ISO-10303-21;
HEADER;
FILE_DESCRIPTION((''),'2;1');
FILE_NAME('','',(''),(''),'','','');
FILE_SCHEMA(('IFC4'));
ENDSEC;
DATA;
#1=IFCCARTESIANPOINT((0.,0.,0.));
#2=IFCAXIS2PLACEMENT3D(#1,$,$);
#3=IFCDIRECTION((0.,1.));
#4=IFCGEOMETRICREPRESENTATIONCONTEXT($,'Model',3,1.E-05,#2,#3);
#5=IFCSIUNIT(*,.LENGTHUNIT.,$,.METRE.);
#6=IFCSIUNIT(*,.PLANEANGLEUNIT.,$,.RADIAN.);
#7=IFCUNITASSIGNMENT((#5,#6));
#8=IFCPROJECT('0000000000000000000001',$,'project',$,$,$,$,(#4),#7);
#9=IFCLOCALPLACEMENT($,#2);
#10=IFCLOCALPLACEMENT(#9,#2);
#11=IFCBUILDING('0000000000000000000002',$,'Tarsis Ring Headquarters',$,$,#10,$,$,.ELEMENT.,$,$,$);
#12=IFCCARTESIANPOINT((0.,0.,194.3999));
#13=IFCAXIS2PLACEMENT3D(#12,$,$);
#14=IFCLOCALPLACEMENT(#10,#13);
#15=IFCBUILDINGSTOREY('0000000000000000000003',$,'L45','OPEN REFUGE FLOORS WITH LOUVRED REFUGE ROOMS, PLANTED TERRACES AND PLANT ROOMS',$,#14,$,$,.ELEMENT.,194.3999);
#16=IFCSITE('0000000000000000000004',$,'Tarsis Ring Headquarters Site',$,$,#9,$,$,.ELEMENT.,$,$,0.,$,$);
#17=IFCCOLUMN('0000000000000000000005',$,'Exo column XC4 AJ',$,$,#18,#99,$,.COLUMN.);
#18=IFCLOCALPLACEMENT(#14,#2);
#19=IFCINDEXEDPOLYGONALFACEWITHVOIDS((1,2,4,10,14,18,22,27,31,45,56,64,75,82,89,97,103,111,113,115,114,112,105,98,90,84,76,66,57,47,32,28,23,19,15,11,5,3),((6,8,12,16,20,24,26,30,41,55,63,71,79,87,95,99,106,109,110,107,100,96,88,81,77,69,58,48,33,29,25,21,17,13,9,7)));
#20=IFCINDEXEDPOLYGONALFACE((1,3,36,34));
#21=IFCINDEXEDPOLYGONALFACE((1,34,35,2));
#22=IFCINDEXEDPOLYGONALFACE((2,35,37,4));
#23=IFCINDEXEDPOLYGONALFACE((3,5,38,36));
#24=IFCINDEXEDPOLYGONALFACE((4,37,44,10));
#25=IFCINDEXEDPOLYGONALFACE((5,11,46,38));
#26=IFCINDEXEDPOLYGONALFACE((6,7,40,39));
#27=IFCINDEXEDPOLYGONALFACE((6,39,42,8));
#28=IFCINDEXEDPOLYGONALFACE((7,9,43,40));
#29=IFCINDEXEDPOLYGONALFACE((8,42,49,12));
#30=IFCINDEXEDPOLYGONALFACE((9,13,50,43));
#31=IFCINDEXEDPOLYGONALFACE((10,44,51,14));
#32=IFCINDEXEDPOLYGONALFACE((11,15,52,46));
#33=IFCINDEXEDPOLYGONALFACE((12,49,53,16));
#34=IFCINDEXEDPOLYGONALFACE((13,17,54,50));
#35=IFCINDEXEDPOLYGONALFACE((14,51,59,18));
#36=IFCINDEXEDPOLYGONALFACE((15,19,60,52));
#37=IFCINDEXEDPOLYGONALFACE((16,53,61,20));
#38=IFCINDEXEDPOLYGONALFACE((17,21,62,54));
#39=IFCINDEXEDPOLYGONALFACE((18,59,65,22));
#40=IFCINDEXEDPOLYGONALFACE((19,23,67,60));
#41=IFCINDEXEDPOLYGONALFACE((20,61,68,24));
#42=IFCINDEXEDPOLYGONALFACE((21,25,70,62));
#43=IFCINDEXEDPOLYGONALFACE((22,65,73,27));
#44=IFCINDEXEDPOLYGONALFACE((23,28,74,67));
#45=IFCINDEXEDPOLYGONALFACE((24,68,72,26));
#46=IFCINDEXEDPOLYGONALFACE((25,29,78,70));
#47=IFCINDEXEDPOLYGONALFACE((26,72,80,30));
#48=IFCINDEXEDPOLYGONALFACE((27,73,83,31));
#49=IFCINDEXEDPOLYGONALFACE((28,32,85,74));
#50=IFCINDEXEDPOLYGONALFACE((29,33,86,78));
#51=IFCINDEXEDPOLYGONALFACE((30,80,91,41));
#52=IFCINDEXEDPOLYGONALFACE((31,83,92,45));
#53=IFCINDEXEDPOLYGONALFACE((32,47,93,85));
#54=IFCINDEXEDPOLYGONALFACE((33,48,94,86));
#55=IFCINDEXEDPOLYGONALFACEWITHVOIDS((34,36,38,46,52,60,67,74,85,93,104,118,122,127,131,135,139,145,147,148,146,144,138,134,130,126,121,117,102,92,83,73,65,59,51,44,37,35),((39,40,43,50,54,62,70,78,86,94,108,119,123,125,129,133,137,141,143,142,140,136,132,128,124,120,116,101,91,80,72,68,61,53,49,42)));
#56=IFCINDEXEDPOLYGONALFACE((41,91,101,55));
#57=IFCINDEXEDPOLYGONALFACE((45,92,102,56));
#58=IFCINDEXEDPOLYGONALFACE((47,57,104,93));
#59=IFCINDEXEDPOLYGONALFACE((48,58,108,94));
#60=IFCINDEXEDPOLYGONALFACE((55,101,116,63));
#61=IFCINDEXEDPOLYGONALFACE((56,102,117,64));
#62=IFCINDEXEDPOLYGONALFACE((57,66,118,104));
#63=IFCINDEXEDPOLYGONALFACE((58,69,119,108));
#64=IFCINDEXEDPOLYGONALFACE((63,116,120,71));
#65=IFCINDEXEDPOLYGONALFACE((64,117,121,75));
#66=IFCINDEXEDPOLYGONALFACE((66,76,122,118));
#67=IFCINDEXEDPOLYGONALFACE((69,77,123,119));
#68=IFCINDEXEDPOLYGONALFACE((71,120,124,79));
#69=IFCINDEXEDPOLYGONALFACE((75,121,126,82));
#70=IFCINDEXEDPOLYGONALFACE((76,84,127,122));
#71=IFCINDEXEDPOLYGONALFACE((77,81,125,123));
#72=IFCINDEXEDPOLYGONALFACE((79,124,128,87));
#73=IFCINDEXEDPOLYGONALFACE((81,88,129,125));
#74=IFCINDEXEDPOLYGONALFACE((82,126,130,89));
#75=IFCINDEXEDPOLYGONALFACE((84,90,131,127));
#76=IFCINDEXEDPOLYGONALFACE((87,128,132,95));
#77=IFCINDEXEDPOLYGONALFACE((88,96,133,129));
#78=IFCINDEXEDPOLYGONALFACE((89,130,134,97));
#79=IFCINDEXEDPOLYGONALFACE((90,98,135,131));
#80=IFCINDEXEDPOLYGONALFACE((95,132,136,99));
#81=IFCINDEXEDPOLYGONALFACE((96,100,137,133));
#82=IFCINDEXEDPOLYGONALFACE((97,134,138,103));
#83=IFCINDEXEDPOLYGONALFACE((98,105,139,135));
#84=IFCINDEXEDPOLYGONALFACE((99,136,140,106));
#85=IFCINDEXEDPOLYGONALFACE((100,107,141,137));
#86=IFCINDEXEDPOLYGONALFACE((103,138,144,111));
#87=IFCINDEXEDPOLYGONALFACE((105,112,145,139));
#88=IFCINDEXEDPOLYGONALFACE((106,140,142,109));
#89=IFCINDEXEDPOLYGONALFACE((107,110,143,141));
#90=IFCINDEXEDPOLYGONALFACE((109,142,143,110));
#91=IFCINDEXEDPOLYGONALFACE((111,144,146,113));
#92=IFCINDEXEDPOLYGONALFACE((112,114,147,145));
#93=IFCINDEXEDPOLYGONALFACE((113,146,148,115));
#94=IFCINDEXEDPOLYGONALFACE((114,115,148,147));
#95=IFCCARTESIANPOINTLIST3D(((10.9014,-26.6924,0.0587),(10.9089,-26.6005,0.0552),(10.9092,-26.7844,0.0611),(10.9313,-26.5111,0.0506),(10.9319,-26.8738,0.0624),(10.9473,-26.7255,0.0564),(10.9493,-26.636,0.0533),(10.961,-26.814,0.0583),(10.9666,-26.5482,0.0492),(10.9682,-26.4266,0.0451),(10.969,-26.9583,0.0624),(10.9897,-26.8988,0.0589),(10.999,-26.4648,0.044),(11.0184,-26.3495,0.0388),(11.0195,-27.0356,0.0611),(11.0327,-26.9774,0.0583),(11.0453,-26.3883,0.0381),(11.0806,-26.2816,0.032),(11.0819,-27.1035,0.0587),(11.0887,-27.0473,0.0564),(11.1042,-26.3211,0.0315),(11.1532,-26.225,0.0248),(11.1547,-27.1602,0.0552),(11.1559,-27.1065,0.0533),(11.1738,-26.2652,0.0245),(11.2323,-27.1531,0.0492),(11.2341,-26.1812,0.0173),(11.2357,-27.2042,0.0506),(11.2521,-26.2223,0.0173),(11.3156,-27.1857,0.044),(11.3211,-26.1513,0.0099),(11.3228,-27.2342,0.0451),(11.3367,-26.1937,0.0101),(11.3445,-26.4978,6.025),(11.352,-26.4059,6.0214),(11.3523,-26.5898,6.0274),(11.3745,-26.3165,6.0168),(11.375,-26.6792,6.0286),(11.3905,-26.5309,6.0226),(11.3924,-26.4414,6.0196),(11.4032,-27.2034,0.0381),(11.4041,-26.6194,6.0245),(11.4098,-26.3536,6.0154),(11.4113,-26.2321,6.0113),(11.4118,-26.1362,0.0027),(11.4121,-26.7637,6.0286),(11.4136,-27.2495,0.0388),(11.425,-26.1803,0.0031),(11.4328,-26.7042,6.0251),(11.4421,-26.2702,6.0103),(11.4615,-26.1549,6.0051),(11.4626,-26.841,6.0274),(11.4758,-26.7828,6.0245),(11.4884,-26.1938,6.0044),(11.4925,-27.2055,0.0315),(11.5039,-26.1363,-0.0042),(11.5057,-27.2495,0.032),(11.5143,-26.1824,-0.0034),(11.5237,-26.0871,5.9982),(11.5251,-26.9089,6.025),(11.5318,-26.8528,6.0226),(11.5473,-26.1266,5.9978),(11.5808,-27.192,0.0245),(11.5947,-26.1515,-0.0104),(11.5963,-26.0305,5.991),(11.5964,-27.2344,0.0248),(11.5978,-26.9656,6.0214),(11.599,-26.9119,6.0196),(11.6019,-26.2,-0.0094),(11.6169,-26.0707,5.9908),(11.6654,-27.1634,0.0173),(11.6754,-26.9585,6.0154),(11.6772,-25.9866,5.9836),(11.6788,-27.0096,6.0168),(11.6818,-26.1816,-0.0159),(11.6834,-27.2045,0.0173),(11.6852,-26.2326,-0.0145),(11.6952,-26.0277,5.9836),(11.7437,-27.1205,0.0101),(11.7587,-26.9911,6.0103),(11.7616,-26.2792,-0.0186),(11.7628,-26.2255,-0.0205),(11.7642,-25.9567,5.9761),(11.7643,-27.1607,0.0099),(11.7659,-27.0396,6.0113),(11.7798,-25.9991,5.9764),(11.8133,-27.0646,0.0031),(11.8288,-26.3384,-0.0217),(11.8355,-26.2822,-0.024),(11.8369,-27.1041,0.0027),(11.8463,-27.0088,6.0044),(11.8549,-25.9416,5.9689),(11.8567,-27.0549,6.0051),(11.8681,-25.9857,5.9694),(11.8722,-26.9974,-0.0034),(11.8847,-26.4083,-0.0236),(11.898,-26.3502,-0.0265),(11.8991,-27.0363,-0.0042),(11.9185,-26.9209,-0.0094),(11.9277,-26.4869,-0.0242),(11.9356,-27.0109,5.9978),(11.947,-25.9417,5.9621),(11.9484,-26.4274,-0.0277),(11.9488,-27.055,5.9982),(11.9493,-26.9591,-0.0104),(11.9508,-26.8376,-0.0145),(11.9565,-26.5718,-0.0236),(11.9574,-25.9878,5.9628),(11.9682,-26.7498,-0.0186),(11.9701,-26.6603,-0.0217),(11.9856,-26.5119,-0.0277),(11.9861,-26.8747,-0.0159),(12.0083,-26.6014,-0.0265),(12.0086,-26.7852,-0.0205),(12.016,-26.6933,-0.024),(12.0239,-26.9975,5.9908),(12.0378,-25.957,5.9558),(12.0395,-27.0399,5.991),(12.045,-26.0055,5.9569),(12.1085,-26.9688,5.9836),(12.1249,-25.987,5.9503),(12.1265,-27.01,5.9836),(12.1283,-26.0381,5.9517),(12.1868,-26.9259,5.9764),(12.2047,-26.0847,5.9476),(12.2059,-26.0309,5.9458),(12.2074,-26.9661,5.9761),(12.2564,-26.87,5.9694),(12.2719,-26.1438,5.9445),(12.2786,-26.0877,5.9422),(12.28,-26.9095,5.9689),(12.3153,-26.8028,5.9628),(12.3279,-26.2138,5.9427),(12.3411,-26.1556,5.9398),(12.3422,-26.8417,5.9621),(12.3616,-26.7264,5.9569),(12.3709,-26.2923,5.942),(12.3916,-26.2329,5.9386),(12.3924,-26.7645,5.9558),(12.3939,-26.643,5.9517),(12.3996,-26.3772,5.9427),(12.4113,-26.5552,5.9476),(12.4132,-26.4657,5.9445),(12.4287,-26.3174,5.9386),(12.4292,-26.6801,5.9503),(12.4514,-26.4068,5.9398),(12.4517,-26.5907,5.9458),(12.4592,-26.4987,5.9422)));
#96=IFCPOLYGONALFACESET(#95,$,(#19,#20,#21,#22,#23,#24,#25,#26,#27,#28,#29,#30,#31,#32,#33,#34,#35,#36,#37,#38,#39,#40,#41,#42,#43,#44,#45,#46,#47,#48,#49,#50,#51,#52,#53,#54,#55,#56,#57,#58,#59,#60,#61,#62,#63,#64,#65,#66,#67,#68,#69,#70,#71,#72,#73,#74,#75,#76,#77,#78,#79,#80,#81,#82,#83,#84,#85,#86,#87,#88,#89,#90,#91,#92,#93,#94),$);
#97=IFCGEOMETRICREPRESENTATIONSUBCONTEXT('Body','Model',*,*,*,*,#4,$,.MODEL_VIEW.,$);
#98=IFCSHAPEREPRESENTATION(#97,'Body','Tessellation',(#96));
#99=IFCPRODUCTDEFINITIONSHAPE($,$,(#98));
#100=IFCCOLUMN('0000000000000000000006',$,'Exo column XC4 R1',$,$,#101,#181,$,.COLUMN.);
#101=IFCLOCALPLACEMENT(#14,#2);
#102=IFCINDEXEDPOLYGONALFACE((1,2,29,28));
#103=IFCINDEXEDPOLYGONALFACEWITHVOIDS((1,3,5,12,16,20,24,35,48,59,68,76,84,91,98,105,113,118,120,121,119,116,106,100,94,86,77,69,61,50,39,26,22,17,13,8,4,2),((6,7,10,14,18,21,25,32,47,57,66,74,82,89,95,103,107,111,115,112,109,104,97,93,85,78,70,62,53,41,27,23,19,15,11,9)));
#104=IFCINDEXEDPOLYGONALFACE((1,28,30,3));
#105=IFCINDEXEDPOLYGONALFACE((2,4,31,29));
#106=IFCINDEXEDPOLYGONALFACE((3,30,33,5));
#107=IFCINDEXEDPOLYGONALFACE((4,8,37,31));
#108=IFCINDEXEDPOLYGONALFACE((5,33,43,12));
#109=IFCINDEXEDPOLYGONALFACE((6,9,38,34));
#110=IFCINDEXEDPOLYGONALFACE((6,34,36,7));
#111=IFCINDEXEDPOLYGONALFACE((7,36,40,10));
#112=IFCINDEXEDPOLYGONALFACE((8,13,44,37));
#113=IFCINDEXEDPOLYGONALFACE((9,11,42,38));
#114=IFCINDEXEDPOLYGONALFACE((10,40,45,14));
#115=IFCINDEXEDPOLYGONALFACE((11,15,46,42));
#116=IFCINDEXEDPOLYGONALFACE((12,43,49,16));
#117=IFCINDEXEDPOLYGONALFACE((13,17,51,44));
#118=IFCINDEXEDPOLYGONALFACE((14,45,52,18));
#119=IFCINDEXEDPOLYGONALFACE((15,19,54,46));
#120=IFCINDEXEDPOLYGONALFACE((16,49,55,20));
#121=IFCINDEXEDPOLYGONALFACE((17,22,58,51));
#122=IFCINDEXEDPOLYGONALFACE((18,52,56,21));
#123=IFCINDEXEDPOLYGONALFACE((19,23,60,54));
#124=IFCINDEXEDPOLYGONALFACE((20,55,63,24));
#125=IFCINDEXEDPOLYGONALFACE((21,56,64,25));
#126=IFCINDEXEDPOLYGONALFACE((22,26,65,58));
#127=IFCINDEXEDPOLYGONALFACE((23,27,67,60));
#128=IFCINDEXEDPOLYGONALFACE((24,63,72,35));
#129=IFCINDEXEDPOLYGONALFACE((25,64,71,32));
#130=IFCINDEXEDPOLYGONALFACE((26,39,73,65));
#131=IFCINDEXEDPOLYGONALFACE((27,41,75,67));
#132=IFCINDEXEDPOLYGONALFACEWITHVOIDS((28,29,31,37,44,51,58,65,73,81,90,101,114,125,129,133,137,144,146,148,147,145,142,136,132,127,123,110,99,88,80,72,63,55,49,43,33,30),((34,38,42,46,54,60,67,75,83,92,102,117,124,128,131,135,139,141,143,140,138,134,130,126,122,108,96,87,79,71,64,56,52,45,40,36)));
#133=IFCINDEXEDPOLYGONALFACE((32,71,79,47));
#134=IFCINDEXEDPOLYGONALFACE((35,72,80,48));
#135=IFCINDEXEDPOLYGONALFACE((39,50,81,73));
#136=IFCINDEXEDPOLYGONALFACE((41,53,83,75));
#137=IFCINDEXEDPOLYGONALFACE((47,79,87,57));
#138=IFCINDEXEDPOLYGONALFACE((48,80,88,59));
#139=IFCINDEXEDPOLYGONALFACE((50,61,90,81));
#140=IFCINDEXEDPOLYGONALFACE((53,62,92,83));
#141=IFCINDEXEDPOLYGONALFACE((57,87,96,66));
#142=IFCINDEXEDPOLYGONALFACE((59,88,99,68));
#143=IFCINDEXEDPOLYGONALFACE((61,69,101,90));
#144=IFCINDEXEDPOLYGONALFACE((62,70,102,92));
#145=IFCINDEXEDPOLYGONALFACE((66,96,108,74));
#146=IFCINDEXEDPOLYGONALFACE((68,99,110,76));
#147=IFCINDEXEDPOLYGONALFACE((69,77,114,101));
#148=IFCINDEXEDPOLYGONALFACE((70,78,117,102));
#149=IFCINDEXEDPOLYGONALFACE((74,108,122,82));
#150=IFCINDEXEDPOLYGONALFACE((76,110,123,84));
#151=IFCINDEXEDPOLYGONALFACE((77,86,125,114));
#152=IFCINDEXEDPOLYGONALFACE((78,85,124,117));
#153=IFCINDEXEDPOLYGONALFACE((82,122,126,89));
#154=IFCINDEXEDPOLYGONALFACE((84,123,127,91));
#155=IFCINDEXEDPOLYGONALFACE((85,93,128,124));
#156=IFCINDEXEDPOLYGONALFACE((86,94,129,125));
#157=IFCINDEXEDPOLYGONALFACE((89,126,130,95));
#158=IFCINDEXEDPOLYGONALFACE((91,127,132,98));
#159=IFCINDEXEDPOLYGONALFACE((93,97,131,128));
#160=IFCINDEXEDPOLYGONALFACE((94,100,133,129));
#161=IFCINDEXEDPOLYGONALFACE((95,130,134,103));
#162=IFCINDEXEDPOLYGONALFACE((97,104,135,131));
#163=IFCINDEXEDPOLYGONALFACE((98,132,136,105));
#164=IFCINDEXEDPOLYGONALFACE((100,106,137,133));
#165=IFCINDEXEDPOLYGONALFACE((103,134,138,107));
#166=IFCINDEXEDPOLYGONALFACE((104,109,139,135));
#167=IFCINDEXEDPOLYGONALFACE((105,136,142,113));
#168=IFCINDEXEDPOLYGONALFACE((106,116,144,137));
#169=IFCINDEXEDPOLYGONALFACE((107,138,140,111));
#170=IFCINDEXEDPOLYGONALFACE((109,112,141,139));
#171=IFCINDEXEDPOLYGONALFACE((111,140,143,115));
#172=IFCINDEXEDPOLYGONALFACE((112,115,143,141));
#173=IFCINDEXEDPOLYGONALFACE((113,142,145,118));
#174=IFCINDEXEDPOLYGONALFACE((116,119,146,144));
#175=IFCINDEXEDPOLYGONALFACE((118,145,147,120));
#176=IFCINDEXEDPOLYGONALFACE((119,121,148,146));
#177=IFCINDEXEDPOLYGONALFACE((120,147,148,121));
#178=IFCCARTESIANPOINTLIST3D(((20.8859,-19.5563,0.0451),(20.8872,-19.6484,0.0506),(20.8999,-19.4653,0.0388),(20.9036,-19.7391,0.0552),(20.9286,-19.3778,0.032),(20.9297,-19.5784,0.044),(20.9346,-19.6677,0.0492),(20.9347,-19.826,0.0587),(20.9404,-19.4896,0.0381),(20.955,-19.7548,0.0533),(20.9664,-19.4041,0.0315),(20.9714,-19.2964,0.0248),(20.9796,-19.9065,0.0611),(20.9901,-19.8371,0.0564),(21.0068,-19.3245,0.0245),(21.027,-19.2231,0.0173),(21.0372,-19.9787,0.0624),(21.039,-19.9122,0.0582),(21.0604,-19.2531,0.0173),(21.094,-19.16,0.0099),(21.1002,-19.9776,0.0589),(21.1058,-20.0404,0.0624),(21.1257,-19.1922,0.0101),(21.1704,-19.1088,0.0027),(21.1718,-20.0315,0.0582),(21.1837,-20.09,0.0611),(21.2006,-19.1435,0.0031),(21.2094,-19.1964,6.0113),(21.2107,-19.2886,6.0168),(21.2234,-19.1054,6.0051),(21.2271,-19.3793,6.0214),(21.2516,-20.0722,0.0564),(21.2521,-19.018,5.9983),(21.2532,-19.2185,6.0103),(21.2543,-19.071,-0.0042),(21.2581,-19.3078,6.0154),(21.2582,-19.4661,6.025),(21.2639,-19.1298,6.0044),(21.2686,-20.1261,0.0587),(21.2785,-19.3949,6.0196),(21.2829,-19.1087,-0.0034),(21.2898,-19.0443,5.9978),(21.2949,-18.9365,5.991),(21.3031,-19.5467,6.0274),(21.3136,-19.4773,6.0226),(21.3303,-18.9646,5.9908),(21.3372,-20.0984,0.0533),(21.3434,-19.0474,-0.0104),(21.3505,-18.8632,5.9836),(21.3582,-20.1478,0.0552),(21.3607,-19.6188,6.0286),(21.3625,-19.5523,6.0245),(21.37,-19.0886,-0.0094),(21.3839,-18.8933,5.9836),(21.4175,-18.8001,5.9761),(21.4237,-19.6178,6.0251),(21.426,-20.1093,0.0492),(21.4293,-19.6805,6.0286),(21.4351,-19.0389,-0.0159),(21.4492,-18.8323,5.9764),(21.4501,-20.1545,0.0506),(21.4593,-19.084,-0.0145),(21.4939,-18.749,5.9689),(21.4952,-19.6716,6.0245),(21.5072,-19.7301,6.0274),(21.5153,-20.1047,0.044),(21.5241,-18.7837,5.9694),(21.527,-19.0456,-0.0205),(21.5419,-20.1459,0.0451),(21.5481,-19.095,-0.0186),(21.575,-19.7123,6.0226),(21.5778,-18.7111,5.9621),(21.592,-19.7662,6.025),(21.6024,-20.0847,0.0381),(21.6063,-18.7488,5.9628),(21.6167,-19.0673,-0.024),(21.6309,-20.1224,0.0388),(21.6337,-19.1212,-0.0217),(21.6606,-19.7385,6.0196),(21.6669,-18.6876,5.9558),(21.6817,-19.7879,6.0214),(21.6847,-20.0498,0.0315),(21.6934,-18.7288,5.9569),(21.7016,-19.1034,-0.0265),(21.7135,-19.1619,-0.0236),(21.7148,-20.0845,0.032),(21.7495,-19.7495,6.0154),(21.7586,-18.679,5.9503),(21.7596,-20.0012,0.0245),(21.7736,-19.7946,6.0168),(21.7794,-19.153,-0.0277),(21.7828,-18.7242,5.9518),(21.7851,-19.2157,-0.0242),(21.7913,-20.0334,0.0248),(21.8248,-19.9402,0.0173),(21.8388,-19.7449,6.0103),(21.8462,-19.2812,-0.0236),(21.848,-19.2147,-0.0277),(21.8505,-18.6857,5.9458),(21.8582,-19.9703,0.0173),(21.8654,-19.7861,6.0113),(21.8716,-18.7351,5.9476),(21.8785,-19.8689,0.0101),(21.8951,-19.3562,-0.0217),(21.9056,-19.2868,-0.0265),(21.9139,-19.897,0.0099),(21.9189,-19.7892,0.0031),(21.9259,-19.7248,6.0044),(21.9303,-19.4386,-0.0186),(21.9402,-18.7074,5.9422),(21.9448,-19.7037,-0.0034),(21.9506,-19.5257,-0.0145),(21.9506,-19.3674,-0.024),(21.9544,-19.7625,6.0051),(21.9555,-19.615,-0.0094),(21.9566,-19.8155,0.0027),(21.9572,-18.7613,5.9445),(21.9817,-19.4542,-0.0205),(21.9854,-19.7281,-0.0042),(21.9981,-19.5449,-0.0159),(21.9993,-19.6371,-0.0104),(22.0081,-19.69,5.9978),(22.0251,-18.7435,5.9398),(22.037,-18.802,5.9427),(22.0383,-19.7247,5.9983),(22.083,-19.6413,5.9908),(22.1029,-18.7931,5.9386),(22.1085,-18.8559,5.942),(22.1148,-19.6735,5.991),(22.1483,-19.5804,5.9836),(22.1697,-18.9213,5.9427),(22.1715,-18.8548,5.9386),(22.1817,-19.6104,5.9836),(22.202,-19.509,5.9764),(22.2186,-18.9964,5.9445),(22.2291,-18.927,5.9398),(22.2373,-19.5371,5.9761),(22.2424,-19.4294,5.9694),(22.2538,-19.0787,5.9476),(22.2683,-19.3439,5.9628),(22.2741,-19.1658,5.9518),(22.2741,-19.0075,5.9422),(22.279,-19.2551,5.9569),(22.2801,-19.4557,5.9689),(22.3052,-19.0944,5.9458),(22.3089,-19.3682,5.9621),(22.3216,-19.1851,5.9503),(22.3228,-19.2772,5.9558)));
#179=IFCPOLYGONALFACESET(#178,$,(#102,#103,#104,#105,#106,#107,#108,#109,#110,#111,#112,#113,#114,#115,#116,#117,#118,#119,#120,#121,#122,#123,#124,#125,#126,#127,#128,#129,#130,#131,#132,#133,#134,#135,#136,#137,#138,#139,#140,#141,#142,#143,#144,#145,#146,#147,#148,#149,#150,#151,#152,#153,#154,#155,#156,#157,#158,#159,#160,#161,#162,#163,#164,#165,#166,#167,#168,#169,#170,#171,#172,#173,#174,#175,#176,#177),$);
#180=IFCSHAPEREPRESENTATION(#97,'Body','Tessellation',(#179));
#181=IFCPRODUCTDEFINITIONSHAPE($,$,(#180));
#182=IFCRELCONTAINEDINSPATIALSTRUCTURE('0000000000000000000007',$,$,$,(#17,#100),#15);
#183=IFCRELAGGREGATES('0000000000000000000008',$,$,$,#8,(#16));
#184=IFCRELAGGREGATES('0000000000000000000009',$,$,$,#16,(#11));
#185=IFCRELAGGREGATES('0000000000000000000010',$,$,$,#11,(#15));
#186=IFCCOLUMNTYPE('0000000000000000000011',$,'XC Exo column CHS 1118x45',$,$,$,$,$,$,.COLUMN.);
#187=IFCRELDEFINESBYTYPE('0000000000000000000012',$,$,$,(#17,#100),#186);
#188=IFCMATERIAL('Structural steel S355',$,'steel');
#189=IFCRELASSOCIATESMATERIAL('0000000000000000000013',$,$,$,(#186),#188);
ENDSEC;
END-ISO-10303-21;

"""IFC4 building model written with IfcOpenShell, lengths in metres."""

from ifc_helpers import new_model, si_unit, direction, frame, origin, origin_2d, place, context, subcontext, project, spatial, hollow_circle, extrude, material, material_profile, profile_set, type_object, element, save


model = new_model("IFC4")

# Units and contexts
model_context = context("Model", 3, precision=1e-05, world=origin(), true_north=direction((0.0, 1.0)))
body_context = subcontext(model_context, "Body", "Model", "MODEL_VIEW")
ifc_project = project(units=[si_unit("LENGTHUNIT", "METRE"), si_unit("PLANEANGLEUNIT", "RADIAN")], contexts=[model_context])

# Site, building, storey
site_placement = place(None, origin())
site = spatial("IfcSite", under=ifc_project, at=site_placement, Name="Tarsis Ring Headquarters Site", CompositionType="ELEMENT", RefElevation=0.0)
building_placement = place(site_placement, origin())
building = spatial("IfcBuilding", under=site, at=building_placement, Name="Tarsis Ring Headquarters", CompositionType="ELEMENT")
storey_placement = place(building_placement, frame((0.0, 0.0, 194.3999)))
storey = spatial("IfcBuildingStorey", under=building, at=storey_placement, Name="L45", Description="OPEN REFUGE FLOORS WITH LOUVRED REFUGE ROOMS, PLANTED TERRACES AND PLANT ROOMS", CompositionType="ELEMENT", Elevation=194.3999)

# Columns
ifc_material_1 = material(Name="Structural steel S355", Category="steel")
ifc_material_profile_1 = material_profile(ifc_material_1, hollow_circle(Radius=0.5588, WallThickness=0.0449, at=origin_2d()), Name="CHS 1118x45")
ifc_profile_set_1 = profile_set([ifc_material_profile_1], Name="Structural steel S355")
column_type = type_object("IfcColumnType", Name="XC Exo column CHS 1118x45", PredefinedType="COLUMN", material=ifc_profile_set_1)
for number, where, z_axis, x_axis, name in (
    (1, (11.4587, -26.6929, 0.0173), (0.074026, 0.032506, 0.996726), (-0.402062, 0.915612, 0.0), "Exo column XC4 AJ"),
    (2, (21.4426, -19.5967, 0.0173), (0.054041, 0.060119, 0.996727), (-0.743695, 0.668519, 0.0), "Exo column XC4 R1"),
):
    element("IfcColumn", number, at=place(storey_placement, frame(where, z_axis=z_axis, x_axis=x_axis)), inside=storey, type_object=column_type, Name=name, PredefinedType="COLUMN", context=body_context, shape_type="SweptSolid", body=[
        extrude(hollow_circle(Radius=0.5588, WallThickness=0.0449, at=origin_2d()), origin(), (0.0, 0.0, 1.0), 5.9858),
    ])

save(model, "model.ifc")
